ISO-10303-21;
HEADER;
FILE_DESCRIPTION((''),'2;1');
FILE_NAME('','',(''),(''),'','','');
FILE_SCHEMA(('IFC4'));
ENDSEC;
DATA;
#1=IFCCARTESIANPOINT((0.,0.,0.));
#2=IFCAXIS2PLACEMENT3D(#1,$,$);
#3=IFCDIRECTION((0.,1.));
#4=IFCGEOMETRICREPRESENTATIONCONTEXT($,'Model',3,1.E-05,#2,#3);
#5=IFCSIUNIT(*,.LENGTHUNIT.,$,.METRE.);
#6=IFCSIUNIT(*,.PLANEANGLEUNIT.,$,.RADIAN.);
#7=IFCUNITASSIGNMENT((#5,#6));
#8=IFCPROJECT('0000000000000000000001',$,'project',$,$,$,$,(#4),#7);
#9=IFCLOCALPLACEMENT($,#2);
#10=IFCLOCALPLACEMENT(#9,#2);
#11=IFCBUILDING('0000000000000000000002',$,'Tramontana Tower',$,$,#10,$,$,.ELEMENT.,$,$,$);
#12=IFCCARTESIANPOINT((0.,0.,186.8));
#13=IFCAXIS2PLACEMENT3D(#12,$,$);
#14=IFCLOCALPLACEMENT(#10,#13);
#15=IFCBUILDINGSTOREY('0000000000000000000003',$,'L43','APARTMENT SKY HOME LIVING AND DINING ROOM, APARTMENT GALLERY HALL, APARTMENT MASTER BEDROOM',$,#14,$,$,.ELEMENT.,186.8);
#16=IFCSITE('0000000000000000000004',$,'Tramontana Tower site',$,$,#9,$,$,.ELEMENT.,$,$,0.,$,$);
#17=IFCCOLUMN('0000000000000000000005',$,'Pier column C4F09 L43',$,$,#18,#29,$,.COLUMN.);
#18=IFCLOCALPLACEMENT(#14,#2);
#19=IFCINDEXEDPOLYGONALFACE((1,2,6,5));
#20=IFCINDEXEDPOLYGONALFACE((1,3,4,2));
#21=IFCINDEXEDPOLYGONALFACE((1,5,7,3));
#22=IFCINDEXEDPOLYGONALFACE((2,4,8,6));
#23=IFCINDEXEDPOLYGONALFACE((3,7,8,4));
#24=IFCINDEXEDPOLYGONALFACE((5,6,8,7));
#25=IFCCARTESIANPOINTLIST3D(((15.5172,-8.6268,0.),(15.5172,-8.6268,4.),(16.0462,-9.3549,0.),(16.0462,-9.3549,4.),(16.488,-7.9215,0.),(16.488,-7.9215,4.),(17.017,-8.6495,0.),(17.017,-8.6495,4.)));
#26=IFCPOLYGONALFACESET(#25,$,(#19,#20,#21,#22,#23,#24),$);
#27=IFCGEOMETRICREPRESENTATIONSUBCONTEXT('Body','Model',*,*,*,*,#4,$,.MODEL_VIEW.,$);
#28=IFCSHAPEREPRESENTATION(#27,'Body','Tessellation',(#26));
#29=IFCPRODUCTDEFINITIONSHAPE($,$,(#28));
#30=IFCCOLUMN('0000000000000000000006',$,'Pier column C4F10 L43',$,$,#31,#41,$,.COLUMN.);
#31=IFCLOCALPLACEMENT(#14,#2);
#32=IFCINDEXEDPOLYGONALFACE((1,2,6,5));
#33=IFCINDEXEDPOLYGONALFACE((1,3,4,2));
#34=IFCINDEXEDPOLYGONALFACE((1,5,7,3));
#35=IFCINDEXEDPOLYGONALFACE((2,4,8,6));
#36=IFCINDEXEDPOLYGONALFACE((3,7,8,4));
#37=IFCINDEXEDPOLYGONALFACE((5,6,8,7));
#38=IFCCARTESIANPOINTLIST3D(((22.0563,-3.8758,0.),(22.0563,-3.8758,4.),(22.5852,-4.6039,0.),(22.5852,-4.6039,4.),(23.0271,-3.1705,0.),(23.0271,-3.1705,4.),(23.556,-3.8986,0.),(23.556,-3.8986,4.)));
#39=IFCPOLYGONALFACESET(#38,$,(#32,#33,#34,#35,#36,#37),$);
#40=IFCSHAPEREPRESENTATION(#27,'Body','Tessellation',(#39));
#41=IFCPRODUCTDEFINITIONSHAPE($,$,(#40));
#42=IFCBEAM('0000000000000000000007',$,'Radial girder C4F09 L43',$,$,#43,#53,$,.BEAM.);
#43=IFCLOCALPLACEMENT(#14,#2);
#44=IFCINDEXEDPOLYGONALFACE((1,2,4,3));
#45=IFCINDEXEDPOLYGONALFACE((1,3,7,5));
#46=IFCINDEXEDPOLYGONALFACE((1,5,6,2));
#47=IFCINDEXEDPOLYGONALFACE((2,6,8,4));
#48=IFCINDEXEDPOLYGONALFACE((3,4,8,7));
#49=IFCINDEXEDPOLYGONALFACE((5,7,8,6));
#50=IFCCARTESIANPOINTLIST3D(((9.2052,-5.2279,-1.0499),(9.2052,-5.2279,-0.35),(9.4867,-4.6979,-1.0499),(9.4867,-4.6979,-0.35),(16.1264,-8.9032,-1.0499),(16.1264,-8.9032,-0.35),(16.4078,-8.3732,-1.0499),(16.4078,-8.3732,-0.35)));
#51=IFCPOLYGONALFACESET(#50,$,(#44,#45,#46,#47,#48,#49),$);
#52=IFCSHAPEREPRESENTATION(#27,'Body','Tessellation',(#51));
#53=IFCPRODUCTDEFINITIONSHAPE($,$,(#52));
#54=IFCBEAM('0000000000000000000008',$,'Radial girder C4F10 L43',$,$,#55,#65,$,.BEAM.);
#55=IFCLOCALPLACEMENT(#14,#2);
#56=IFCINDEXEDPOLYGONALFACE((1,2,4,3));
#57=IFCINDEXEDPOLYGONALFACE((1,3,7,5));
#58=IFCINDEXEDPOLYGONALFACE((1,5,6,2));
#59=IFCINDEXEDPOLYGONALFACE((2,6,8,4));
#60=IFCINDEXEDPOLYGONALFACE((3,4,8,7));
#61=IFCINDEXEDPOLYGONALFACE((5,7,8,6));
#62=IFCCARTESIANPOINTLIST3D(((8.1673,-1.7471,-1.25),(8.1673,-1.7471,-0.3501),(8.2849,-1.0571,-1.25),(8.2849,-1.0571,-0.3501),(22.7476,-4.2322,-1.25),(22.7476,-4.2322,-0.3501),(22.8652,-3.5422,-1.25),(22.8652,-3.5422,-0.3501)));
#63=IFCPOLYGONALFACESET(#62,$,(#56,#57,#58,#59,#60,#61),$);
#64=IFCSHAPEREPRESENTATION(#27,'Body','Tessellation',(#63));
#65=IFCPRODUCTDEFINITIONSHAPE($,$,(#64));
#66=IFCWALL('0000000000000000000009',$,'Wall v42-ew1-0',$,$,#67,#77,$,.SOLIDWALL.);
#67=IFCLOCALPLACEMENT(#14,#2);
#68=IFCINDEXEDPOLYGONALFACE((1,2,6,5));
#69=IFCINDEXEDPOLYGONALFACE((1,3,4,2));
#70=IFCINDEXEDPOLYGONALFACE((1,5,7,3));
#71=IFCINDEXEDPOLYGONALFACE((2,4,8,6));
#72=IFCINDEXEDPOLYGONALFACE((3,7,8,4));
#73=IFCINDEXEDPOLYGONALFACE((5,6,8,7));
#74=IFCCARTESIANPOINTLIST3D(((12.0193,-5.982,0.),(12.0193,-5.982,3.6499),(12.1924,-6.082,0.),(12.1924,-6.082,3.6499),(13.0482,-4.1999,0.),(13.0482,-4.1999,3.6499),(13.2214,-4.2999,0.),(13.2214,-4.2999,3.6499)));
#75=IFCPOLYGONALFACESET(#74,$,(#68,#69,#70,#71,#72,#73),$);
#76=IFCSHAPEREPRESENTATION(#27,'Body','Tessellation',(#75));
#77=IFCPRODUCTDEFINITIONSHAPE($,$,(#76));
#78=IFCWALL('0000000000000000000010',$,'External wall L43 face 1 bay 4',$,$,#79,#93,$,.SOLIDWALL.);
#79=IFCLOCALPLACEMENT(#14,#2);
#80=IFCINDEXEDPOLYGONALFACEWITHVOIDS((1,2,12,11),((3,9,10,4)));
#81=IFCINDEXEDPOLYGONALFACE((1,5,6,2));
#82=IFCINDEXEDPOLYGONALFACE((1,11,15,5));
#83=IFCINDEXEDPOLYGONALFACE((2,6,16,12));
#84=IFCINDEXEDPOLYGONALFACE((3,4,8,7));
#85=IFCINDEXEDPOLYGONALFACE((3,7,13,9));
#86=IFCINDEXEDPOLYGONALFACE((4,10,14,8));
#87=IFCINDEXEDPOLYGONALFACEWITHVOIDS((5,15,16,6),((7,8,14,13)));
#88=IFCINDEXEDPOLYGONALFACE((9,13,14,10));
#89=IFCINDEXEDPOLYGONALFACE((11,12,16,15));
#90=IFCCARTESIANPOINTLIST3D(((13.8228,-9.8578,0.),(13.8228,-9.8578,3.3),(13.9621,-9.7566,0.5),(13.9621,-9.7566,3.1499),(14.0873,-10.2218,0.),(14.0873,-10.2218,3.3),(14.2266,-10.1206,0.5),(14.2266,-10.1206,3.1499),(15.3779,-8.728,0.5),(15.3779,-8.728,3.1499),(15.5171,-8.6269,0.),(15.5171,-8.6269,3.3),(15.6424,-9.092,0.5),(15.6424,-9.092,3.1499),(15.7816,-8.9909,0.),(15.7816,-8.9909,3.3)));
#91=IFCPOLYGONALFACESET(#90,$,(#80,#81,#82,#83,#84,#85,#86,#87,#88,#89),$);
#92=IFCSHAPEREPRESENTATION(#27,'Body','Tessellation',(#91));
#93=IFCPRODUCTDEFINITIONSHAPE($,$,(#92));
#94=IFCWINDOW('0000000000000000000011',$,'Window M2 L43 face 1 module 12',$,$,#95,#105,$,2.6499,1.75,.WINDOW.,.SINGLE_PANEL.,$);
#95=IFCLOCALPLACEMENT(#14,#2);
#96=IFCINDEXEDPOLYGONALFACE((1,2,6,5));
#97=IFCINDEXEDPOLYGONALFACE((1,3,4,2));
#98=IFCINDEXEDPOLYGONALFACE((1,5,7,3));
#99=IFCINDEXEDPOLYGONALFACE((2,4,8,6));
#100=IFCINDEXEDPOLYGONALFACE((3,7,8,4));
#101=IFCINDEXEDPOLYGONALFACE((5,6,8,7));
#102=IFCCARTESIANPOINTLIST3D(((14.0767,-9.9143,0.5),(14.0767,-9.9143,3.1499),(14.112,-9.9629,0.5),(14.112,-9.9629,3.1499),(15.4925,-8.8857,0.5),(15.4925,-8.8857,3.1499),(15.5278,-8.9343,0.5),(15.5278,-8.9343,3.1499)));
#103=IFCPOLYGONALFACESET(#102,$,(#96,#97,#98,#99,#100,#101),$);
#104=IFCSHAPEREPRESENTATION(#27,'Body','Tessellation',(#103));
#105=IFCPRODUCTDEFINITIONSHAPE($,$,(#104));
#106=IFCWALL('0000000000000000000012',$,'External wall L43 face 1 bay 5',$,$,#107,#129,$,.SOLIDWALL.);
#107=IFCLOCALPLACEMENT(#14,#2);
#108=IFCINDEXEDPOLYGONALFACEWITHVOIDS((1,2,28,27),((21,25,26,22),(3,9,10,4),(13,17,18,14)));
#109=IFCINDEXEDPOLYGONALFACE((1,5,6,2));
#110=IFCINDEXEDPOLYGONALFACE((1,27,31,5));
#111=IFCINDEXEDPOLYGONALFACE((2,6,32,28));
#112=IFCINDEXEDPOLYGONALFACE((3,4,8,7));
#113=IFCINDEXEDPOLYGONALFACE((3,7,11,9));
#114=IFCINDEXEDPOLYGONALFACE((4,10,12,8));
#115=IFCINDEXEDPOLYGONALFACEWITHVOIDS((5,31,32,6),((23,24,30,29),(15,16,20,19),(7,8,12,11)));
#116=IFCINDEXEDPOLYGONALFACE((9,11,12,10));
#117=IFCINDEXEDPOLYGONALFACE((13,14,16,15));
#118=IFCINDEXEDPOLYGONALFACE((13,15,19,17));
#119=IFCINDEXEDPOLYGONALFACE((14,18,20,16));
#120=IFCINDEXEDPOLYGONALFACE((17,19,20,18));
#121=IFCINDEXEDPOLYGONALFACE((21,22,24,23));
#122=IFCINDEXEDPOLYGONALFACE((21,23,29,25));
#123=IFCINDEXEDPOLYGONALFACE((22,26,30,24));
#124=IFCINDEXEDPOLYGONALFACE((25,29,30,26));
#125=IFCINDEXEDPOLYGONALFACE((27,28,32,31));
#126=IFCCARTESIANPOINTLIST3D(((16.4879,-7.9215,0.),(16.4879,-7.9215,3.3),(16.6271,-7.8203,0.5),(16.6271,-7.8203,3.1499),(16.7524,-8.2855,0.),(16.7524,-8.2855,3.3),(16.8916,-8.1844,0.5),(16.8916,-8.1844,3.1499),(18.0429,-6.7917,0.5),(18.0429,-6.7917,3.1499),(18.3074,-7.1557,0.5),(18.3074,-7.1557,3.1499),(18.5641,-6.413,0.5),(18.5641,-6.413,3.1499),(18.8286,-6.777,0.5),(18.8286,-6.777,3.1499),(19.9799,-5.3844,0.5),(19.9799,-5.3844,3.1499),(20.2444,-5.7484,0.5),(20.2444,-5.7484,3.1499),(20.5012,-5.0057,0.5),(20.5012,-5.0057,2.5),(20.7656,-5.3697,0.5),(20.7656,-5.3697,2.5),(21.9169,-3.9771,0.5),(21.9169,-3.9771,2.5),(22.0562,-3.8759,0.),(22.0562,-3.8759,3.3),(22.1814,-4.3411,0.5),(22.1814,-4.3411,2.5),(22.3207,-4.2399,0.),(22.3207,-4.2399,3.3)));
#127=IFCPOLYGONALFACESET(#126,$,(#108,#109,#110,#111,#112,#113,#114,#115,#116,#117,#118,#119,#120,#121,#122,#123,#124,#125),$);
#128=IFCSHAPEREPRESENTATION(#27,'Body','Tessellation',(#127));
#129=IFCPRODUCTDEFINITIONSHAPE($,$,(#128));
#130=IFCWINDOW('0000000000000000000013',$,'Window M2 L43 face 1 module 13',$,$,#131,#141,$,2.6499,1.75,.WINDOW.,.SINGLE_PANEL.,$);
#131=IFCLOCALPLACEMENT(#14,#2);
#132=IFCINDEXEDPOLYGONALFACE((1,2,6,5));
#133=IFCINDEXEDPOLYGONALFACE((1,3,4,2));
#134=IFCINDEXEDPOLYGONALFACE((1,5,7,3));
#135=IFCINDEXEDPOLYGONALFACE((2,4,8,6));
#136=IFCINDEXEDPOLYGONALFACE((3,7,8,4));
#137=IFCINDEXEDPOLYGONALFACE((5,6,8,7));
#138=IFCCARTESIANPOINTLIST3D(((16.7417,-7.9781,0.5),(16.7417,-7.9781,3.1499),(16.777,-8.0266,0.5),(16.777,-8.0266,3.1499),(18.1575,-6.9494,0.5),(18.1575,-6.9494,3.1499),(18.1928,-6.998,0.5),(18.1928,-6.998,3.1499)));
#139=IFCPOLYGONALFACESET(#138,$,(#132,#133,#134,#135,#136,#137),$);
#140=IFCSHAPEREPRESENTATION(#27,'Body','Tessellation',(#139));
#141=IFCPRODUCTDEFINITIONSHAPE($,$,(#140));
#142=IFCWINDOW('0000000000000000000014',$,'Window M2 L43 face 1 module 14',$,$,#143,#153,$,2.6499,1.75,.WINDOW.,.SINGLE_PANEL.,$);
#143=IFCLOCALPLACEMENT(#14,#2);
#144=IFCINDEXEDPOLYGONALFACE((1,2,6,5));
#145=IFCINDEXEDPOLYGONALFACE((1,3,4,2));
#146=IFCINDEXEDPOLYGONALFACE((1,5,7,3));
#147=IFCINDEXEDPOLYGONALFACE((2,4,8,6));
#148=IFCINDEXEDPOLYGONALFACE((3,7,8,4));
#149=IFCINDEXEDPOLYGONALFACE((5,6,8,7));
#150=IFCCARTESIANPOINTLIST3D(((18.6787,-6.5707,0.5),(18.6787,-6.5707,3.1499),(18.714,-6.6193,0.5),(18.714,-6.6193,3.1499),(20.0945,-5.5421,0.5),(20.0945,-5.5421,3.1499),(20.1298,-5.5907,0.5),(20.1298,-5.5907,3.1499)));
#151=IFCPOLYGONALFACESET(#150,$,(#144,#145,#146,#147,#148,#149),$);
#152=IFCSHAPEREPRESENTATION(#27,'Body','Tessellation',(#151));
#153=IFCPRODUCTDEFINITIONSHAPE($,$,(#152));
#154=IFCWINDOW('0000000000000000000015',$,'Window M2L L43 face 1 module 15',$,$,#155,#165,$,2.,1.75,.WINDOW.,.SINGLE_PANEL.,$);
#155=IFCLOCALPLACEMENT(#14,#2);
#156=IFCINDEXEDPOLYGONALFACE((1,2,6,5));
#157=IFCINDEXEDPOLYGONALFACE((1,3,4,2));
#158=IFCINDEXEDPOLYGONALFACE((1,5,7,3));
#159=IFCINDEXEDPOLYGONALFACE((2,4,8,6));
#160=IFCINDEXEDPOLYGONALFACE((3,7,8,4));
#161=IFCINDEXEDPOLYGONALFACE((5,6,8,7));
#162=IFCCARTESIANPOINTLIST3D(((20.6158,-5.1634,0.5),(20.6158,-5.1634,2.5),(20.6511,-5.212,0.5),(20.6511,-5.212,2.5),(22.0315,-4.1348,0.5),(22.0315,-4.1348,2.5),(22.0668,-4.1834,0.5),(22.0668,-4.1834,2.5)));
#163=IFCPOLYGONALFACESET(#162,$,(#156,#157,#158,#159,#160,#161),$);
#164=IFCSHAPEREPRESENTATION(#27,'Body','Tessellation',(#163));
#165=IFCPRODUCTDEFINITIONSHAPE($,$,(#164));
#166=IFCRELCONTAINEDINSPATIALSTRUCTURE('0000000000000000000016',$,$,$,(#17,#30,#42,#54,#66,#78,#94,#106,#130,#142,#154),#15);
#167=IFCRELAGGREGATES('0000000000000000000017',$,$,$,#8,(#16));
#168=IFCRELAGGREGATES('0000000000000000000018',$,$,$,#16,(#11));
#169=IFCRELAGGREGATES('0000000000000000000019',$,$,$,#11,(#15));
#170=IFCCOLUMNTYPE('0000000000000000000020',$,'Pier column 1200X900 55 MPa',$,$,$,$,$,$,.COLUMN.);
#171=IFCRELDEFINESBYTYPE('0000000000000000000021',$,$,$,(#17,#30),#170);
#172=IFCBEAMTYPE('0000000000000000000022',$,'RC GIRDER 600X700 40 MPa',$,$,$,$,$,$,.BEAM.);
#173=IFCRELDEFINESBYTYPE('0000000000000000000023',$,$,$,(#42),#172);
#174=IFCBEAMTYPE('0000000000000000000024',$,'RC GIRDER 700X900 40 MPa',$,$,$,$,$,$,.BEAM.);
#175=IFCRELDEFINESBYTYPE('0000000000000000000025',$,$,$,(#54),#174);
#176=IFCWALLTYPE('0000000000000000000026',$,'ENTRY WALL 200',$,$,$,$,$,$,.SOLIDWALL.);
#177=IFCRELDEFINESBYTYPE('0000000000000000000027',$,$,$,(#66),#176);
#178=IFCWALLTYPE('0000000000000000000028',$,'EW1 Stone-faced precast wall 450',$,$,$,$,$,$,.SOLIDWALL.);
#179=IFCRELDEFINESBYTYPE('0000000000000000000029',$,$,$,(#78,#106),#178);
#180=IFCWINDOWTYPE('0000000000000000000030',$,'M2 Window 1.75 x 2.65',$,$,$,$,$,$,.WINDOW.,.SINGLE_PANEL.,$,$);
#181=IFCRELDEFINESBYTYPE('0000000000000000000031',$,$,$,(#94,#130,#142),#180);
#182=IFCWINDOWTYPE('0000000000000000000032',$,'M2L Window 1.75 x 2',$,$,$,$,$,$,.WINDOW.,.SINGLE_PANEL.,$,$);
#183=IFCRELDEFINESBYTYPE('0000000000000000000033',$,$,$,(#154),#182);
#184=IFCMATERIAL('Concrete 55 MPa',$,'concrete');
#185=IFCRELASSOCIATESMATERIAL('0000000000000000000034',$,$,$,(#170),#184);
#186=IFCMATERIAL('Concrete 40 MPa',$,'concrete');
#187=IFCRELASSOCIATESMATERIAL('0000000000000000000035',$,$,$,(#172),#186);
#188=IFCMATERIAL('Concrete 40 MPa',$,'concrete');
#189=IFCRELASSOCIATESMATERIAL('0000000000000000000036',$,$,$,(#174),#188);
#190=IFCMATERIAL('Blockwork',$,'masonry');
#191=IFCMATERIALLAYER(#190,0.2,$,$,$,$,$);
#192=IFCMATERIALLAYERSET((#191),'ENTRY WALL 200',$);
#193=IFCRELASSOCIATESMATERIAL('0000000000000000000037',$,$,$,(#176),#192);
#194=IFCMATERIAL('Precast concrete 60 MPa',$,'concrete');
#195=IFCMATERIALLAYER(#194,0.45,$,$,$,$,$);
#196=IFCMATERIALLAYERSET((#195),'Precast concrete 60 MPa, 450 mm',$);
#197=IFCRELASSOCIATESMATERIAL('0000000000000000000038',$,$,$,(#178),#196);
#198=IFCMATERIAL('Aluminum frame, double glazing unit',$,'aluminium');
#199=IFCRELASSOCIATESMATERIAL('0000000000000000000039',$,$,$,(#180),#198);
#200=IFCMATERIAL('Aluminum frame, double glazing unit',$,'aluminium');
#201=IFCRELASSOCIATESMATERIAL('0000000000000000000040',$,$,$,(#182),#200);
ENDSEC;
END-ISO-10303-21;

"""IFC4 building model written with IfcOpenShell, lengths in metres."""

from ifc_helpers import new_model, si_unit, direction, frame, frame_2d, origin, origin_2d, place, context, subcontext, project, spatial, rectangle, extrude, material, layer, layer_set, material_profile, profile_set, type_object, element, fill, save


model = new_model("IFC4")

# Units and contexts
model_context = context("Model", 3, precision=1e-05, world=origin(), true_north=direction((0.0, 1.0)))
body_context = subcontext(model_context, "Body", "Model", "MODEL_VIEW")
ifc_project = project(units=[si_unit("LENGTHUNIT", "METRE"), si_unit("PLANEANGLEUNIT", "RADIAN")], contexts=[model_context])

# Site, building, storey
site_placement = place(None, origin())
site = spatial("IfcSite", under=ifc_project, at=site_placement, Name="Tramontana Tower site", CompositionType="ELEMENT", RefElevation=0.0)
building_placement = place(site_placement, origin())
building = spatial("IfcBuilding", under=site, at=building_placement, Name="Tramontana Tower", CompositionType="ELEMENT")
storey_placement = place(building_placement, frame((0.0, 0.0, 186.8)))
storey = spatial("IfcBuildingStorey", under=building, at=storey_placement, Name="L43", Description="APARTMENT SKY HOME LIVING AND DINING ROOM, APARTMENT GALLERY HALL, APARTMENT MASTER BEDROOM", CompositionType="ELEMENT", Elevation=186.8)

# Columns
ifc_material_1 = material(Name="Concrete 55 MPa", Category="concrete")
ifc_material_profile_1 = material_profile(ifc_material_1, rectangle(XDim=1.2, YDim=0.8999, at=origin_2d()), Name="Pier column 1200X900 55 MPa")
ifc_profile_set_1 = profile_set([ifc_material_profile_1], Name="Concrete 55 MPa")
column_type = type_object("IfcColumnType", Name="Pier column 1200X900 55 MPa", PredefinedType="COLUMN", material=ifc_profile_set_1)
for number, where, z_axis, x_axis, name in (
    (1, (16.2671, -8.6382, 0.0), (0.0, 0.0, 1.0), (0.809017, 0.587785, 0.0), "Pier column C4F09 L43"),
    (2, (22.8062, -3.8872, 0.0), (0.0, 0.0, 1.0), (0.809017, 0.587785, 0.0), "Pier column C4F10 L43"),
):
    element("IfcColumn", number, at=place(storey_placement, frame(where, z_axis=z_axis, x_axis=x_axis)), inside=storey, type_object=column_type, Name=name, PredefinedType="COLUMN", context=body_context, shape_type="SweptSolid", body=[
        extrude(rectangle(XDim=1.2, YDim=0.8999, at=origin_2d()), origin(), (0.0, 0.0, 1.0), 4.0),
    ])

# Beams
ifc_material_2 = material(Name="Concrete 40 MPa", Category="concrete")
ifc_material_profile_2 = material_profile(ifc_material_2, rectangle(XDim=0.6001, YDim=0.7, at=origin_2d()), Name="RC GIRDER 600X700 40 MPa")
ifc_profile_set_2 = profile_set([ifc_material_profile_2], Name="Concrete 40 MPa")
beam_type_1 = type_object("IfcBeamType", Name="RC GIRDER 600X700 40 MPa", PredefinedType="BEAM", material=ifc_profile_set_2)
beam_1_placement = place(storey_placement, frame((16.2671, -8.6382, -0.7), z_axis=(-0.883198, 0.469, 0.0), x_axis=(-0.469, -0.883198, 0.0)))
element("IfcBeam", 3, at=beam_1_placement, inside=storey, type_object=beam_type_1, Name="Radial girder C4F09 L43", PredefinedType="BEAM", context=body_context, shape_type="SweptSolid", body=[
    extrude(rectangle(XDim=0.6001, YDim=0.7, at=origin_2d()), origin(), (0.0, 0.0, 1.0), 7.8364),
])
ifc_material_3 = material(Name="Concrete 40 MPa", Category="concrete")
ifc_material_profile_3 = material_profile(ifc_material_3, rectangle(XDim=0.7, YDim=0.8999, at=origin_2d()), Name="RC GIRDER 700X900 40 MPa")
ifc_profile_set_3 = profile_set([ifc_material_profile_3], Name="Concrete 40 MPa")
beam_type_2 = type_object("IfcBeamType", Name="RC GIRDER 700X900 40 MPa", PredefinedType="BEAM", material=ifc_profile_set_3)
beam_2_placement = place(storey_placement, frame((22.8064, -3.8872, -0.8), z_axis=(-0.985784, 0.168019, 0.0), x_axis=(-0.168019, -0.985784, 0.0)))
element("IfcBeam", 4, at=beam_2_placement, inside=storey, type_object=beam_type_2, Name="Radial girder C4F10 L43", PredefinedType="BEAM", context=body_context, shape_type="SweptSolid", body=[
    extrude(rectangle(XDim=0.7, YDim=0.8999, at=origin_2d()), origin(), (0.0, 0.0, 1.0), 14.7905),
])

# Wall
ifc_material_4 = material(Name="Blockwork", Category="masonry")
ifc_layer_1 = layer(ifc_material_4, 0.2)
ifc_layer_set_1 = layer_set([ifc_layer_1], Name="ENTRY WALL 200")
wall_type_1 = type_object("IfcWallType", Name="ENTRY WALL 200", PredefinedType="SOLIDWALL", material=ifc_layer_set_1)
wall_1_placement = place(storey_placement, frame((13.1348, -4.25, 0.0), z_axis=(0.0, 0.0, 1.0), x_axis=(-0.500031, -0.866008, 0.0)))
element("IfcWall", 5, at=wall_1_placement, inside=storey, type_object=wall_type_1, Name="Wall v42-ew1-0", PredefinedType="SOLIDWALL", context=body_context, shape_type="SweptSolid", body=[
    extrude(rectangle(XDim=2.0579, YDim=0.2, at=frame_2d((1.0288, 0.0))), origin(), (0.0, 0.0, 1.0), 3.6499),
])

# Wall, opening, window
ifc_material_5 = material(Name="Precast concrete 60 MPa", Category="concrete")
ifc_layer_2 = layer(ifc_material_5, 0.45)
ifc_layer_set_2 = layer_set([ifc_layer_2], Name="Precast concrete 60 MPa, 450 mm")
wall_type_2 = type_object("IfcWallType", Name="EW1 Stone-faced precast wall 450", PredefinedType="SOLIDWALL", material=ifc_layer_set_2)
wall_2_placement = place(storey_placement, frame((13.9551, -10.0398, 0.0), z_axis=(0.0, 0.0, 1.0), x_axis=(0.809028, 0.58777, 0.0)))
wall_2 = element("IfcWall", 6, at=wall_2_placement, inside=storey, type_object=wall_type_2, Name="External wall L43 face 1 bay 4", PredefinedType="SOLIDWALL", context=body_context, shape_type="SweptSolid", body=[
    extrude(rectangle(XDim=2.0942, YDim=0.45, at=frame_2d((1.0471, 0.0))), origin(), (0.0, 0.0, 1.0), 3.3),
])
opening_1_placement = place(wall_2_placement, frame((0.1721, 0.0, 0.5)))
opening_1 = element("IfcOpeningElement", 7, at=opening_1_placement, cuts=wall_2, PredefinedType="OPENING", context=body_context, shape_type="SweptSolid", body=[
    extrude(rectangle(XDim=1.75, YDim=2.6499, at=frame_2d((0.875, 1.325))), frame((0.0, 0.2349, 0.0), z_axis=(0.0, -1.0, 0.0), x_axis=(1.0, 0.0, 0.0)), (0.0, 0.0, 1.0), 0.47),
])
ifc_material_6 = material(Name="Aluminum frame, double glazing unit", Category="aluminium")
window_type_1 = type_object("IfcWindowType", Name="M2 Window 1.75 x 2.65", PartitioningType="SINGLE_PANEL", PredefinedType="WINDOW", material=ifc_material_6)
window_1_placement = place(opening_1_placement, origin())
window_1 = element("IfcWindow", 8, at=window_1_placement, inside=storey, type_object=window_type_1, Name="Window M2 L43 face 1 module 12", OverallHeight=2.6499, OverallWidth=1.75, PartitioningType="SINGLE_PANEL", PredefinedType="WINDOW", context=body_context, shape_type="SweptSolid", body=[
    extrude(rectangle(XDim=1.75, YDim=2.6499, at=frame_2d((0.875, 1.325))), frame((0.0, 0.03, 0.0), z_axis=(0.0, -1.0, 0.0), x_axis=(1.0, 0.0, 0.0)), (0.0, 0.0, 1.0), 0.0601),
])
fill(opening_1, window_1)

# Wall, openings, windows
wall_3_placement = place(storey_placement, frame((16.6201, -8.1035, 0.0), z_axis=(0.0, 0.0, 1.0), x_axis=(0.809017, 0.587786, 0.0)))
wall_3 = element("IfcWall", 9, at=wall_3_placement, inside=storey, type_object=wall_type_2, Name="External wall L43 face 1 bay 5", PredefinedType="SOLIDWALL", context=body_context, shape_type="SweptSolid", body=[
    extrude(rectangle(XDim=6.8828, YDim=0.45, at=frame_2d((3.4414, 0.0))), origin(), (0.0, 0.0, 1.0), 3.3),
])
opening_2_placement = place(wall_3_placement, frame((0.1721, 0.0, 0.5)))
opening_2 = element("IfcOpeningElement", 10, at=opening_2_placement, cuts=wall_3, PredefinedType="OPENING", context=body_context, shape_type="SweptSolid", body=[
    extrude(rectangle(XDim=1.75, YDim=2.6499, at=frame_2d((0.875, 1.325))), frame((0.0, 0.2349, 0.0), z_axis=(0.0, -1.0, 0.0), x_axis=(1.0, 0.0, 0.0)), (0.0, 0.0, 1.0), 0.47),
])
opening_3_placement = place(wall_3_placement, frame((2.5664, 0.0, 0.5)))
opening_3 = element("IfcOpeningElement", 11, at=opening_3_placement, cuts=wall_3, PredefinedType="OPENING", context=body_context, shape_type="SweptSolid", body=[
    extrude(rectangle(XDim=1.75, YDim=2.6499, at=frame_2d((0.875, 1.325))), frame((0.0, 0.2349, 0.0), z_axis=(0.0, -1.0, 0.0), x_axis=(1.0, 0.0, 0.0)), (0.0, 0.0, 1.0), 0.47),
])
opening_4_placement = place(wall_3_placement, frame((4.9607, 0.0, 0.5)))
opening_4 = element("IfcOpeningElement", 12, at=opening_4_placement, cuts=wall_3, PredefinedType="OPENING", context=body_context, shape_type="SweptSolid", body=[
    extrude(rectangle(XDim=1.75, YDim=2.0, at=frame_2d((0.875, 1.0))), frame((0.0, 0.2349, 0.0), z_axis=(0.0, -1.0, 0.0), x_axis=(1.0, 0.0, 0.0)), (0.0, 0.0, 1.0), 0.47),
])
window_2_placement = place(opening_2_placement, origin())
window_2 = element("IfcWindow", 13, at=window_2_placement, inside=storey, type_object=window_type_1, Name="Window M2 L43 face 1 module 13", OverallHeight=2.6499, OverallWidth=1.75, PartitioningType="SINGLE_PANEL", PredefinedType="WINDOW", context=body_context, shape_type="SweptSolid", body=[
    extrude(rectangle(XDim=1.75, YDim=2.6499, at=frame_2d((0.875, 1.325))), frame((0.0, 0.03, 0.0), z_axis=(0.0, -1.0, 0.0), x_axis=(1.0, 0.0, 0.0)), (0.0, 0.0, 1.0), 0.0601),
])
fill(opening_2, window_2)
window_3_placement = place(opening_3_placement, origin())
window_3 = element("IfcWindow", 14, at=window_3_placement, inside=storey, type_object=window_type_1, Name="Window M2 L43 face 1 module 14", OverallHeight=2.6499, OverallWidth=1.75, PartitioningType="SINGLE_PANEL", PredefinedType="WINDOW", context=body_context, shape_type="SweptSolid", body=[
    extrude(rectangle(XDim=1.75, YDim=2.6499, at=frame_2d((0.875, 1.325))), frame((0.0, 0.03, 0.0), z_axis=(0.0, -1.0, 0.0), x_axis=(1.0, 0.0, 0.0)), (0.0, 0.0, 1.0), 0.0601),
])
fill(opening_3, window_3)
ifc_material_7 = material(Name="Aluminum frame, double glazing unit", Category="aluminium")
window_type_2 = type_object("IfcWindowType", Name="M2L Window 1.75 x 2", PartitioningType="SINGLE_PANEL", PredefinedType="WINDOW", material=ifc_material_7)
window_4_placement = place(opening_4_placement, origin())
window_4 = element("IfcWindow", 15, at=window_4_placement, inside=storey, type_object=window_type_2, Name="Window M2L L43 face 1 module 15", OverallHeight=2.0, OverallWidth=1.75, PartitioningType="SINGLE_PANEL", PredefinedType="WINDOW", context=body_context, shape_type="SweptSolid", body=[
    extrude(rectangle(XDim=1.75, YDim=2.0, at=frame_2d((0.875, 1.0))), frame((0.0, 0.03, 0.0), z_axis=(0.0, -1.0, 0.0), x_axis=(1.0, 0.0, 0.0)), (0.0, 0.0, 1.0), 0.0601),
])
fill(opening_4, window_4)

save(model, "model.ifc")
